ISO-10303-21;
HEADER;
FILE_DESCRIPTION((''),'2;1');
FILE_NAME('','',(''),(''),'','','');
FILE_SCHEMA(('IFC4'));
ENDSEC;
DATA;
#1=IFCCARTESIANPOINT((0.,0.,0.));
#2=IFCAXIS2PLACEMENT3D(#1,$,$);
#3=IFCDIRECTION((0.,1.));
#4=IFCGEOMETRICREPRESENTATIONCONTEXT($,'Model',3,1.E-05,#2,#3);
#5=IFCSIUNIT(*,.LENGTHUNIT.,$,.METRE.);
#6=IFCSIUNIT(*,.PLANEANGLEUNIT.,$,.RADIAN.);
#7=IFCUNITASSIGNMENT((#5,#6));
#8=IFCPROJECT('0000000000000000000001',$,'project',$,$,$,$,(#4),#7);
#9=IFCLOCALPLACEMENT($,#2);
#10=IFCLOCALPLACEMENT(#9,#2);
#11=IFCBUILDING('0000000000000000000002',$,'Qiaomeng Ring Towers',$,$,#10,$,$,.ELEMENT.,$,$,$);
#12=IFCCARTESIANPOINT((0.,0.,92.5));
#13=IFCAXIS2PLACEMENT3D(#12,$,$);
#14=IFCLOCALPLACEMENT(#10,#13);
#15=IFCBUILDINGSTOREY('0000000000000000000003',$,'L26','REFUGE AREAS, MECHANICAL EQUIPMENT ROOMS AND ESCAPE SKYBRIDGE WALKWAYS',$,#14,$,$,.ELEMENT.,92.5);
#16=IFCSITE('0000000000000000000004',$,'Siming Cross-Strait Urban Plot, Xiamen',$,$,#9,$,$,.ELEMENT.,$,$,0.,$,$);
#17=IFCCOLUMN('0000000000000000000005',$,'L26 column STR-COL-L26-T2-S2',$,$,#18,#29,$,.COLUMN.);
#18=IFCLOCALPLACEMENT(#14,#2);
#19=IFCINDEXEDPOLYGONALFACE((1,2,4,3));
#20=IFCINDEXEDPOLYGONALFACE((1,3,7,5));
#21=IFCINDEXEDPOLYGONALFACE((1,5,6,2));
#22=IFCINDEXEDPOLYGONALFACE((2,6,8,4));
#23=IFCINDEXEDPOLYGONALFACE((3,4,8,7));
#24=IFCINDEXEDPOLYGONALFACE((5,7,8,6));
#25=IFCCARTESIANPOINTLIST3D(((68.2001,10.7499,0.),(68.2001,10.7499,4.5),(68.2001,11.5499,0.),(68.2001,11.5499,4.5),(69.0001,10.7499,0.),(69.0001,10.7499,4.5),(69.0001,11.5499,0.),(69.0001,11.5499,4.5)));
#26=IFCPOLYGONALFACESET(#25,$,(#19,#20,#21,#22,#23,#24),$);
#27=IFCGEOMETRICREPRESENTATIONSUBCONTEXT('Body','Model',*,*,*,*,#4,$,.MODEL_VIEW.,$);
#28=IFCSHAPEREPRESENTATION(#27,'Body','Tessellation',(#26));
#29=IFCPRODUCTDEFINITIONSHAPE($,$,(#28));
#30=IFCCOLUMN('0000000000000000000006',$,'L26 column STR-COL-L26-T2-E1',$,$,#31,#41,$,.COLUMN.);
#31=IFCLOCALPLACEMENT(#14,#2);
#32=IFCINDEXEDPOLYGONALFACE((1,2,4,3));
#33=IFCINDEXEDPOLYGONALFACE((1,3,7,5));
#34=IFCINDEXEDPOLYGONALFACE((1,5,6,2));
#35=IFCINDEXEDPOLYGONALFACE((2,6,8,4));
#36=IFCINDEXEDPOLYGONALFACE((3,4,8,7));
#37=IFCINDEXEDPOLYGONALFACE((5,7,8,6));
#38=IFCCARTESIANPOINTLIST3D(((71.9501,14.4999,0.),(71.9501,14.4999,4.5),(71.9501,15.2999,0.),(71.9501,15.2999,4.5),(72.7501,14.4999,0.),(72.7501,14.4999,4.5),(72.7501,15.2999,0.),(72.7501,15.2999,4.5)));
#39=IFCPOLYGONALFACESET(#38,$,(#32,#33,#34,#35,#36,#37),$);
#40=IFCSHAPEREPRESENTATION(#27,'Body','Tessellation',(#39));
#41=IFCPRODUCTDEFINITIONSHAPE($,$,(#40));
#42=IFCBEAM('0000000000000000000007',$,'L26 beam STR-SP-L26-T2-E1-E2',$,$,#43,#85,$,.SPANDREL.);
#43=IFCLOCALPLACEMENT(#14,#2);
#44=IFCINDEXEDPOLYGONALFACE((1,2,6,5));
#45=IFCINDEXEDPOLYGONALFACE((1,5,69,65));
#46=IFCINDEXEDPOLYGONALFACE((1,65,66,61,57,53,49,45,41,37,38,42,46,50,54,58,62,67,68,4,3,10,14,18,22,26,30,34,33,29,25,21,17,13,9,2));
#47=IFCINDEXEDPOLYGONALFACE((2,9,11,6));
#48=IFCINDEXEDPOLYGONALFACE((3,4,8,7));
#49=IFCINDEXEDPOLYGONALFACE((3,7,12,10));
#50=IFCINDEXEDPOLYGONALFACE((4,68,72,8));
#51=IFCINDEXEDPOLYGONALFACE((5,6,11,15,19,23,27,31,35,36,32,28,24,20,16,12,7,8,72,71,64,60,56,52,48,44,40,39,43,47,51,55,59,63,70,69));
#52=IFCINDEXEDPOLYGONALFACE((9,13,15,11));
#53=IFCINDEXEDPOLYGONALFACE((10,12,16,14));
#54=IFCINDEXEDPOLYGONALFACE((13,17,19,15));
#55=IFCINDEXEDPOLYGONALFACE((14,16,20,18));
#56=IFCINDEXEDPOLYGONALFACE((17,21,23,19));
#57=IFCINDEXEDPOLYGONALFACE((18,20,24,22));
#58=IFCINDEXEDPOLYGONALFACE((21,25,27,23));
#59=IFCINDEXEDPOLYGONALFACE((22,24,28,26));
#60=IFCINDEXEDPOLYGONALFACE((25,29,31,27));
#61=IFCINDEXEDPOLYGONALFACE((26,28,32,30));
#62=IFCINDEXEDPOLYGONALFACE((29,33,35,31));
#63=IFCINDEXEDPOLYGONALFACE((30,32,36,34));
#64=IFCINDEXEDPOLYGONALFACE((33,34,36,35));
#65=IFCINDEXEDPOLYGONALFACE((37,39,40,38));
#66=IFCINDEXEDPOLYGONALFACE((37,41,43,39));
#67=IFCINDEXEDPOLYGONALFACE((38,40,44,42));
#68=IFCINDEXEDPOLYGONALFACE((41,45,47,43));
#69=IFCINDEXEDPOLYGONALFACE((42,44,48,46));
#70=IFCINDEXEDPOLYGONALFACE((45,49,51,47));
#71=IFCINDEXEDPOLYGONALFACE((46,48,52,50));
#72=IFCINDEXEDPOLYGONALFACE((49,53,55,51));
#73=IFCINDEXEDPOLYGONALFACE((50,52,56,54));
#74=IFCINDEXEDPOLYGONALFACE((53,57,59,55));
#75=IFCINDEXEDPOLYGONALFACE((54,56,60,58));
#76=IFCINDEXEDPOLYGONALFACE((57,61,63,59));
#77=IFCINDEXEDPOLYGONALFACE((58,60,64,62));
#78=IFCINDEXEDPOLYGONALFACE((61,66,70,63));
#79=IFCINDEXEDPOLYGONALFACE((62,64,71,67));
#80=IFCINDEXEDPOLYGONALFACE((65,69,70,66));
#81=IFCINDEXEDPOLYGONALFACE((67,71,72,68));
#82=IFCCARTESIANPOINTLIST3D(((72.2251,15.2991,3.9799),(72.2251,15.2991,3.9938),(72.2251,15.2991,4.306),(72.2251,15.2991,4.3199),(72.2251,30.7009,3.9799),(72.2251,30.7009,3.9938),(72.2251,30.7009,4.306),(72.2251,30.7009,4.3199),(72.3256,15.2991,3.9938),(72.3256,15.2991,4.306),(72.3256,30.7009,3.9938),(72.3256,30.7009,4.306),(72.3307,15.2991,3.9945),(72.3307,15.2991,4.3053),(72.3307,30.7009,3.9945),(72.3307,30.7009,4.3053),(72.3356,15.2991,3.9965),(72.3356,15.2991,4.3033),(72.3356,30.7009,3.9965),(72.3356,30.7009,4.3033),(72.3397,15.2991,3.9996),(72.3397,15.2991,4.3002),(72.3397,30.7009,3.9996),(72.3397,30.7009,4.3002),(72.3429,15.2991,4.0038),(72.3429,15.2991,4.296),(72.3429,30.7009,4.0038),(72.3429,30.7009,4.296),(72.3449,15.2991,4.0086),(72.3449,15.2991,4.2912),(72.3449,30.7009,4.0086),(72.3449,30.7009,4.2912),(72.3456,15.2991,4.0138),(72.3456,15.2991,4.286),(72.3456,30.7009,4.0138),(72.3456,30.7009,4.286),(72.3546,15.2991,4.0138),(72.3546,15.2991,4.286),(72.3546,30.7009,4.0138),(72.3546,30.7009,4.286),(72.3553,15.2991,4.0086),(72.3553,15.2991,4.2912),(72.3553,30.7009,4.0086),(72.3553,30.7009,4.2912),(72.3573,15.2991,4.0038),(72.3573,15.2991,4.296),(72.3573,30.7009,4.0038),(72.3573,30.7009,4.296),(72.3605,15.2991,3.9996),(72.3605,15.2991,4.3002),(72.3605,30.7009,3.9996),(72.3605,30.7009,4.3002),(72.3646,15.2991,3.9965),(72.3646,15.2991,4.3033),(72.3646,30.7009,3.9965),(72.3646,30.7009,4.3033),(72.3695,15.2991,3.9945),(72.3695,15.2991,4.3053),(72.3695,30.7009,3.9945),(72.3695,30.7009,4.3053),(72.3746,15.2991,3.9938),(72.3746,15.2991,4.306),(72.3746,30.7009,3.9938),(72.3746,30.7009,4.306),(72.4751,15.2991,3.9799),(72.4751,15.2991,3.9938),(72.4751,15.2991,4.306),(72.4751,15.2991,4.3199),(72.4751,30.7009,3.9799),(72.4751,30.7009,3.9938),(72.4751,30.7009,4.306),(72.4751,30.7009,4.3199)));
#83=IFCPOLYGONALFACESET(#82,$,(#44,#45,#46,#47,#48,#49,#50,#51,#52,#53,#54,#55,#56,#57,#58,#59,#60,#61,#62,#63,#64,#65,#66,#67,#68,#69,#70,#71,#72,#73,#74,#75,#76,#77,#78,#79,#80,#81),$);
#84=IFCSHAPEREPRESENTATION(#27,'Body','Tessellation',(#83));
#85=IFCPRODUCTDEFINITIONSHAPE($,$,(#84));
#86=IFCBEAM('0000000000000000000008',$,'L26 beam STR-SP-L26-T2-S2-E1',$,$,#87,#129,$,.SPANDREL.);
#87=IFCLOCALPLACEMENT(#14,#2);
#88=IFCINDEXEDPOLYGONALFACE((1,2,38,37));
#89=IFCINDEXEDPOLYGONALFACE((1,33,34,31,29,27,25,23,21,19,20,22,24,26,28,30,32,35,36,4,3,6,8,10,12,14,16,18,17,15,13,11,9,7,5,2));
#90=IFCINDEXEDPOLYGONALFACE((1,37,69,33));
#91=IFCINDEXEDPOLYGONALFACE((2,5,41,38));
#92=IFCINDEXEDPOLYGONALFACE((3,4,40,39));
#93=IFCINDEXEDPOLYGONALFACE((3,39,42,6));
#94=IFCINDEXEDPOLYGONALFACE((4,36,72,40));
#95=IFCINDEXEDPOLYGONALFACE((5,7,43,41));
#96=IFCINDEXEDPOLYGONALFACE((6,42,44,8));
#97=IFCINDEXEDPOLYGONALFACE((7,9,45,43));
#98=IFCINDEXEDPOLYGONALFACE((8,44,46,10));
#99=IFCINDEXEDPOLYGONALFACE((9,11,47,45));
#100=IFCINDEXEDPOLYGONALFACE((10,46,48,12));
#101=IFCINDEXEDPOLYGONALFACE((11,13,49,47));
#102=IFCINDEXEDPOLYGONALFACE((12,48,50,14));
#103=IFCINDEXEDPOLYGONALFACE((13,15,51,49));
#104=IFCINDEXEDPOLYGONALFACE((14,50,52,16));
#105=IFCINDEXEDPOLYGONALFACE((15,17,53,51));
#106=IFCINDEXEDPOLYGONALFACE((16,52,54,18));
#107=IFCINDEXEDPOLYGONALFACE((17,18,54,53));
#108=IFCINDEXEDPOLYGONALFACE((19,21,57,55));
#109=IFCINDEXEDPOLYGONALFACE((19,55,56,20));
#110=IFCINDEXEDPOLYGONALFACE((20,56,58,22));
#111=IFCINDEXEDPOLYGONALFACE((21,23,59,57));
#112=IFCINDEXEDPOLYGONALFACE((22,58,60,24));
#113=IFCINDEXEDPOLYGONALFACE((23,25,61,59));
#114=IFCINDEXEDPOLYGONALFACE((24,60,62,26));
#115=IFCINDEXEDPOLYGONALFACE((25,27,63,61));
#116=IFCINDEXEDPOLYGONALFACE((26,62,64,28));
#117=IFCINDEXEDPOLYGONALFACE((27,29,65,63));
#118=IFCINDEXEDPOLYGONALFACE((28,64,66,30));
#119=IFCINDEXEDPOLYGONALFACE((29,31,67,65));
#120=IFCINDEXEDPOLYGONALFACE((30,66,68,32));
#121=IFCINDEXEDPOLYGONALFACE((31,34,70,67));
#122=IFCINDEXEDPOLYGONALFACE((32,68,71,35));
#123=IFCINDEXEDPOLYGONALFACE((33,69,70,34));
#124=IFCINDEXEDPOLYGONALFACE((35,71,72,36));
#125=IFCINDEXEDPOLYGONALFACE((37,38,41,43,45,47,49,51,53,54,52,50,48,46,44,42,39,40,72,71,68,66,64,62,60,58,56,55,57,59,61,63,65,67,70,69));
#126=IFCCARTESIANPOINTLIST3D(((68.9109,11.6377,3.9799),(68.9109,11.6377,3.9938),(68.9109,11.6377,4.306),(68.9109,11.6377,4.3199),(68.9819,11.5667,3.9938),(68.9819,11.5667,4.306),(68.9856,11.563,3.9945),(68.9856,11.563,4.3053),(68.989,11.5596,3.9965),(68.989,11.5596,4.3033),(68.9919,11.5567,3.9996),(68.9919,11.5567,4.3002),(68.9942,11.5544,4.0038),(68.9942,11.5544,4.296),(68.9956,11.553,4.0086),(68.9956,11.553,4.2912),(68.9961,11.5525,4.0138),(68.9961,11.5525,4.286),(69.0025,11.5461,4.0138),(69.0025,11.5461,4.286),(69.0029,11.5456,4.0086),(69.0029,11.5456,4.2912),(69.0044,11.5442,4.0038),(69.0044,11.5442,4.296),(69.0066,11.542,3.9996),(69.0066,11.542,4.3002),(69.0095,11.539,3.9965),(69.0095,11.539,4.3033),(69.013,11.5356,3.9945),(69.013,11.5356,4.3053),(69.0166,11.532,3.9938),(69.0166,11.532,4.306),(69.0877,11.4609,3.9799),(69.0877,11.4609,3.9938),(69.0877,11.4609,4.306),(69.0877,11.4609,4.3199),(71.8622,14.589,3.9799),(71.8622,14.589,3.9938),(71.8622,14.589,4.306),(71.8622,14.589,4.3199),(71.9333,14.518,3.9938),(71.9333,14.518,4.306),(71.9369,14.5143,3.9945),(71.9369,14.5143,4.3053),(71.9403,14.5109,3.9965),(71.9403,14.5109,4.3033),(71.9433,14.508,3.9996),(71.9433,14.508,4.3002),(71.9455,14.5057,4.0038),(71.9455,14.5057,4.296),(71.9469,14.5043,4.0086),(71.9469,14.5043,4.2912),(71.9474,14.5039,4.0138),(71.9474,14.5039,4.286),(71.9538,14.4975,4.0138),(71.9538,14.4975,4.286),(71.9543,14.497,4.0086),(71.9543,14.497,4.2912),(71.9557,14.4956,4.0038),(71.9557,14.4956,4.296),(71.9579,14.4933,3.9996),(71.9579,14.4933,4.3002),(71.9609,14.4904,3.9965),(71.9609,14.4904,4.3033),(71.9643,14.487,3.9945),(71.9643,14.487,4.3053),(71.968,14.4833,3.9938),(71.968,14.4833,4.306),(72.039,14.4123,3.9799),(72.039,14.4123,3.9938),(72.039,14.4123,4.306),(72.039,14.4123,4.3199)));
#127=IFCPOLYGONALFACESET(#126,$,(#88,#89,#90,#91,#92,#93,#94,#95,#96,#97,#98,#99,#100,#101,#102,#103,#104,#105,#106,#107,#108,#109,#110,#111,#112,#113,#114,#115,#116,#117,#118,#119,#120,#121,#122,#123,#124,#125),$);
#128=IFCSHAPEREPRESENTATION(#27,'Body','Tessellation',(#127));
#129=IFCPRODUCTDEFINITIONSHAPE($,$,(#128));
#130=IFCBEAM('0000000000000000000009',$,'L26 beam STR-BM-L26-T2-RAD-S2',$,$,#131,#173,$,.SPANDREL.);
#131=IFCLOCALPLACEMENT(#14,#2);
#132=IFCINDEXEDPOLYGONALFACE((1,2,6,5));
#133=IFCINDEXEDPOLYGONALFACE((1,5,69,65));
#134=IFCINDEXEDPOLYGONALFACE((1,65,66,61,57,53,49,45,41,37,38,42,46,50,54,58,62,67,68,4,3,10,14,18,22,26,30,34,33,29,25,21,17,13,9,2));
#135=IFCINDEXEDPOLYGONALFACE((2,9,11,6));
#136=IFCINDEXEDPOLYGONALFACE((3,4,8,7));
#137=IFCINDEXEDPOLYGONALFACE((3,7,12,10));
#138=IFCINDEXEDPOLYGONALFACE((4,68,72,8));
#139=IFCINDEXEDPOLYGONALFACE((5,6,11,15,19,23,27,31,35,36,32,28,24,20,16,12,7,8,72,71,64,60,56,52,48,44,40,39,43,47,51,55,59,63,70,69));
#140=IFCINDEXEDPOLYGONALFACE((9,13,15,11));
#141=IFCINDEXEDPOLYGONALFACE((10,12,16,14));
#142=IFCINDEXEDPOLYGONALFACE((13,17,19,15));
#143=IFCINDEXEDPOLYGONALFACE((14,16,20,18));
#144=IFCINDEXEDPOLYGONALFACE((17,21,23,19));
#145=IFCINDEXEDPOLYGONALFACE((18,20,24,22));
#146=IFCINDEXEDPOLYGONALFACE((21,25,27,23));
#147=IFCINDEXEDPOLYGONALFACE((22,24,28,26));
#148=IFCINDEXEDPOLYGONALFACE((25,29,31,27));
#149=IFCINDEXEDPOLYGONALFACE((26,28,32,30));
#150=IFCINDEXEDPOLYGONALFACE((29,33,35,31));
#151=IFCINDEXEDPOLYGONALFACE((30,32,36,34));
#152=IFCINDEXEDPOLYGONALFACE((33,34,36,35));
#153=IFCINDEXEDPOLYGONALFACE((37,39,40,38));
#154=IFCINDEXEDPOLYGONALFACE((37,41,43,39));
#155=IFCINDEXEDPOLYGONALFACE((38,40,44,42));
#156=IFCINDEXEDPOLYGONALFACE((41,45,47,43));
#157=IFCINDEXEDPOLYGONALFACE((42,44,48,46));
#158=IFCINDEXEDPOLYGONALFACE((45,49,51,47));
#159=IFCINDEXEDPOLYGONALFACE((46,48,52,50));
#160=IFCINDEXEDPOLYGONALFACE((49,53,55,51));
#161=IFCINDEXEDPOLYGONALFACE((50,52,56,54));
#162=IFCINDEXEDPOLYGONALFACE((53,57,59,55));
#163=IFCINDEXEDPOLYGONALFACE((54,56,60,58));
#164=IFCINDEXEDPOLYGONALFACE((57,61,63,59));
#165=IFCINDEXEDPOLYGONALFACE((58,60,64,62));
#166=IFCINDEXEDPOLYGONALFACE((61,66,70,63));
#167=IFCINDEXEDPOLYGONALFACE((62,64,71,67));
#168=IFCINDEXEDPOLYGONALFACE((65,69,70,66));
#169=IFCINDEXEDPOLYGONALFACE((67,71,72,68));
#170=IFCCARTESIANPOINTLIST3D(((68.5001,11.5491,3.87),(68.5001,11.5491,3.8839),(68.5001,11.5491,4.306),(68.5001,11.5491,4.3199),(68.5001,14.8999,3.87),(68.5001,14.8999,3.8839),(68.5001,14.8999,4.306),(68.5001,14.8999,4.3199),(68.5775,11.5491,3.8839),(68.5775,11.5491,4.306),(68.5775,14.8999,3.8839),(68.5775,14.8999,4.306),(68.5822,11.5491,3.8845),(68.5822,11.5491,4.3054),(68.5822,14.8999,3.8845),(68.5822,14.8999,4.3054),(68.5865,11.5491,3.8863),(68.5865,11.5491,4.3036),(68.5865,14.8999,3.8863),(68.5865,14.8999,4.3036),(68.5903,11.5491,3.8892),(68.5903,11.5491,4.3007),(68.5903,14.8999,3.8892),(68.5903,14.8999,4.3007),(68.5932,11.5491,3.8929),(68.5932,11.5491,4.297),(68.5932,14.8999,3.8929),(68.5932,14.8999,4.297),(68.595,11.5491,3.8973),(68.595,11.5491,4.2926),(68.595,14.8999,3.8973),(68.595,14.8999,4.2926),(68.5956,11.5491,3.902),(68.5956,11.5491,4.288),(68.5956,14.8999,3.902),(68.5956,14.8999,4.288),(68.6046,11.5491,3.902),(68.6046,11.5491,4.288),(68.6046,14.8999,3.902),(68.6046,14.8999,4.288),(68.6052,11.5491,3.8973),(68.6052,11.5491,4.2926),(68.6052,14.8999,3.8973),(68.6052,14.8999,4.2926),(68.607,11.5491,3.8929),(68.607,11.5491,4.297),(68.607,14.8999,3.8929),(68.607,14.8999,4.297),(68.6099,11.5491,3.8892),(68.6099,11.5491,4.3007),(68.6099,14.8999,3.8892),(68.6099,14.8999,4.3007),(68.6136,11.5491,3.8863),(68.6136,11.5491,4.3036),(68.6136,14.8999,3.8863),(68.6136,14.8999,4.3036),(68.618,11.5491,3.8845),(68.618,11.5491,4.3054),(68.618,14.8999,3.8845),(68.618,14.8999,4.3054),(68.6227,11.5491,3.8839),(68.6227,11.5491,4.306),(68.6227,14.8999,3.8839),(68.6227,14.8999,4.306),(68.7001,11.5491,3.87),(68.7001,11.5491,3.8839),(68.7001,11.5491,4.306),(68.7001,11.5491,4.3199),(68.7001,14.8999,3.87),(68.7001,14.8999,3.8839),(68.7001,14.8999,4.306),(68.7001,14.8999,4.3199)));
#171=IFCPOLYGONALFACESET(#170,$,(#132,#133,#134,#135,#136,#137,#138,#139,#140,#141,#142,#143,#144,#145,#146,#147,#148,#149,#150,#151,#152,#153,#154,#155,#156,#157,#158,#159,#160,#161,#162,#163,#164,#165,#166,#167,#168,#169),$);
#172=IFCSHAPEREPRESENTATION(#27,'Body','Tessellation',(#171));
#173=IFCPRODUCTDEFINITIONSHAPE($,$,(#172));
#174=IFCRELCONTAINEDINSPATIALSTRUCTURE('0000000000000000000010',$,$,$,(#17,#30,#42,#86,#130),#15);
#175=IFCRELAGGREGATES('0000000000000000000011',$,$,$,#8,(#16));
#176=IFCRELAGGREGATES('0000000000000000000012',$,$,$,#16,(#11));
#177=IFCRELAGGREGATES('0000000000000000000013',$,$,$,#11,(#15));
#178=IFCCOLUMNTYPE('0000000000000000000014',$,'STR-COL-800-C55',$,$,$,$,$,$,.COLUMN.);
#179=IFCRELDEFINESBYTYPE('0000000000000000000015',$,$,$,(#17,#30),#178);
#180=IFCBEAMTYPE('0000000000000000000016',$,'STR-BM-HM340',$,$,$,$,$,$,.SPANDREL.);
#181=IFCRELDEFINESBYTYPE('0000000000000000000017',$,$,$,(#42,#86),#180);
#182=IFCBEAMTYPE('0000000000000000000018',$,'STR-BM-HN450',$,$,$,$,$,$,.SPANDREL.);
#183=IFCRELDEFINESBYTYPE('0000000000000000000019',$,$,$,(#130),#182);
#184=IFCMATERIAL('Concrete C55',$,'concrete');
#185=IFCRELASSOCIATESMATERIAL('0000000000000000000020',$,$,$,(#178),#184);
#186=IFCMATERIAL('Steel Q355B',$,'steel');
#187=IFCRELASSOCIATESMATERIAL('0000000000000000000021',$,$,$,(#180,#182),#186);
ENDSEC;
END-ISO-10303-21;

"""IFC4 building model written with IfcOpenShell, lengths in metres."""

from ifc_helpers import new_model, si_unit, direction, frame, origin, origin_2d, place, context, subcontext, project, spatial, rectangle, i_section, extrude, source, transform, mapped, material, material_profile, profile_set, type_object, element, save


model = new_model("IFC4")

# Units and contexts
model_context = context("Model", 3, precision=1e-05, world=origin(), true_north=direction((0.0, 1.0)))
body_context = subcontext(model_context, "Body", "Model", "MODEL_VIEW")
ifc_project = project(units=[si_unit("LENGTHUNIT", "METRE"), si_unit("PLANEANGLEUNIT", "RADIAN")], contexts=[model_context])

# Site, building, storey
site_placement = place(None, origin())
site = spatial("IfcSite", under=ifc_project, at=site_placement, Name="Siming Cross-Strait Urban Plot, Xiamen", CompositionType="ELEMENT", RefElevation=0.0)
building_placement = place(site_placement, origin())
building = spatial("IfcBuilding", under=site, at=building_placement, Name="Qiaomeng Ring Towers", CompositionType="ELEMENT")
storey_placement = place(building_placement, frame((0.0, 0.0, 92.5)))
storey = spatial("IfcBuildingStorey", under=building, at=storey_placement, Name="L26", Description="REFUGE AREAS, MECHANICAL EQUIPMENT ROOMS AND ESCAPE SKYBRIDGE WALKWAYS", CompositionType="ELEMENT", Elevation=92.5)

# Columns
ifc_material_1 = material(Name="Concrete C55", Category="concrete")
ifc_material_profile_1 = material_profile(ifc_material_1, rectangle(XDim=0.8, YDim=0.8, at=origin_2d()), Name="RC COL 800x800")
ifc_profile_set_1 = profile_set([ifc_material_profile_1], Name="Concrete C55")
column_type = type_object("IfcColumnType", Name="STR-COL-800-C55", PredefinedType="COLUMN", material=ifc_profile_set_1)
shared_shape_1 = source(origin(), body_context, "Body", "SweptSolid", [
    extrude(rectangle(XDim=0.8, YDim=0.8, at=origin_2d()), origin(), (0.0, 0.0, 1.0), 4.5),
])
for number, where, z_axis, x_axis, name in (
    (1, (68.6001, 11.1499, 0.0), (0.0, 0.0, 1.0), (1.0, 0.0, 0.0), "L26 column STR-COL-L26-T2-S2"),
    (2, (72.3501, 14.8999, 0.0), (0.0, 0.0, 1.0), (1.0, 0.0, 0.0), "L26 column STR-COL-L26-T2-E1"),
):
    element("IfcColumn", number, at=place(storey_placement, frame(where, z_axis=z_axis, x_axis=x_axis)), inside=storey, type_object=column_type, Name=name, PredefinedType="COLUMN", context=body_context, shape_type="MappedRepresentation", body=[
        mapped(shared_shape_1, transform((0.0, 0.0, 0.0), x_axis=(1.0, 0.0, 0.0), y_axis=(0.0, 1.0, 0.0), z_axis=(0.0, 0.0, 1.0), scale=1.0)),
    ])

# Beams
ifc_material_2 = material(Name="Steel Q355B", Category="steel")
ifc_material_profile_2 = material_profile(ifc_material_2, i_section(OverallWidth=0.25, OverallDepth=0.3401, WebThickness=0.009, FlangeThickness=0.0139, FilletRadius=0.02, at=origin_2d()), Name="HM 340x250x9x14")
ifc_profile_set_2 = profile_set([ifc_material_profile_2], Name="Steel Q355B")
beam_type_1 = type_object("IfcBeamType", Name="STR-BM-HM340", PredefinedType="SPANDREL", material=ifc_profile_set_2)
shared_shape_2 = source(origin(), body_context, "Body", "SweptSolid", [
    extrude(i_section(OverallWidth=0.25, OverallDepth=0.3401, WebThickness=0.009, FlangeThickness=0.0139, FilletRadius=0.02, at=origin_2d()), origin(), (0.0, 0.0, 1.0), 15.4019),
])
beam_1_placement = place(storey_placement, frame((72.3501, 15.2991, 4.1499), z_axis=(0.0, 1.0, 0.0), x_axis=(-1.0, 0.0, 0.0)))
element("IfcBeam", 3, at=beam_1_placement, inside=storey, type_object=beam_type_1, Name="L26 beam STR-SP-L26-T2-E1-E2", PredefinedType="SPANDREL", context=body_context, shape_type="MappedRepresentation", body=[
    mapped(shared_shape_2, transform((0.0, 0.0, 0.0), x_axis=(1.0, 0.0, 0.0), y_axis=(0.0, 1.0, 0.0), z_axis=(0.0, 0.0, 1.0), scale=1.0)),
])
shared_shape_3 = source(origin(), body_context, "Body", "SweptSolid", [
    extrude(i_section(OverallWidth=0.25, OverallDepth=0.3401, WebThickness=0.009, FlangeThickness=0.0139, FilletRadius=0.02, at=origin_2d()), origin(), (0.0, 0.0, 1.0), 4.1738),
])
beam_2_placement = place(storey_placement, frame((68.9993, 11.5493, 4.1499), z_axis=(0.707107, 0.707107, 0.0), x_axis=(-0.707107, 0.707107, 0.0)))
element("IfcBeam", 4, at=beam_2_placement, inside=storey, type_object=beam_type_1, Name="L26 beam STR-SP-L26-T2-S2-E1", PredefinedType="SPANDREL", context=body_context, shape_type="MappedRepresentation", body=[
    mapped(shared_shape_3, transform((0.0, 0.0, 0.0), x_axis=(1.0, 0.0, 0.0), y_axis=(0.0, 1.0, 0.0), z_axis=(0.0, 0.0, 1.0), scale=1.0)),
])
ifc_material_profile_3 = material_profile(ifc_material_2, i_section(OverallWidth=0.2, OverallDepth=0.45, WebThickness=0.009, FlangeThickness=0.0139, FilletRadius=0.0181, at=origin_2d()), Name="HN 450x200x9x14")
ifc_profile_set_3 = profile_set([ifc_material_profile_3], Name="Steel Q355B")
beam_type_2 = type_object("IfcBeamType", Name="STR-BM-HN450", PredefinedType="SPANDREL", material=ifc_profile_set_3)
shared_shape_4 = source(origin(), body_context, "Body", "SweptSolid", [
    extrude(i_section(OverallWidth=0.2, OverallDepth=0.45, WebThickness=0.009, FlangeThickness=0.0139, FilletRadius=0.0181, at=origin_2d()), origin(), (0.0, 0.0, 1.0), 3.3508),
])
beam_3_placement = place(storey_placement, frame((68.6001, 11.5491, 4.095), z_axis=(0.0, 1.0, 0.0), x_axis=(-1.0, 0.0, 0.0)))
element("IfcBeam", 5, at=beam_3_placement, inside=storey, type_object=beam_type_2, Name="L26 beam STR-BM-L26-T2-RAD-S2", PredefinedType="SPANDREL", context=body_context, shape_type="MappedRepresentation", body=[
    mapped(shared_shape_4, transform((0.0, 0.0, 0.0), x_axis=(1.0, 0.0, 0.0), y_axis=(0.0, 1.0, 0.0), z_axis=(0.0, 0.0, 1.0), scale=1.0)),
])

save(model, "model.ifc")
